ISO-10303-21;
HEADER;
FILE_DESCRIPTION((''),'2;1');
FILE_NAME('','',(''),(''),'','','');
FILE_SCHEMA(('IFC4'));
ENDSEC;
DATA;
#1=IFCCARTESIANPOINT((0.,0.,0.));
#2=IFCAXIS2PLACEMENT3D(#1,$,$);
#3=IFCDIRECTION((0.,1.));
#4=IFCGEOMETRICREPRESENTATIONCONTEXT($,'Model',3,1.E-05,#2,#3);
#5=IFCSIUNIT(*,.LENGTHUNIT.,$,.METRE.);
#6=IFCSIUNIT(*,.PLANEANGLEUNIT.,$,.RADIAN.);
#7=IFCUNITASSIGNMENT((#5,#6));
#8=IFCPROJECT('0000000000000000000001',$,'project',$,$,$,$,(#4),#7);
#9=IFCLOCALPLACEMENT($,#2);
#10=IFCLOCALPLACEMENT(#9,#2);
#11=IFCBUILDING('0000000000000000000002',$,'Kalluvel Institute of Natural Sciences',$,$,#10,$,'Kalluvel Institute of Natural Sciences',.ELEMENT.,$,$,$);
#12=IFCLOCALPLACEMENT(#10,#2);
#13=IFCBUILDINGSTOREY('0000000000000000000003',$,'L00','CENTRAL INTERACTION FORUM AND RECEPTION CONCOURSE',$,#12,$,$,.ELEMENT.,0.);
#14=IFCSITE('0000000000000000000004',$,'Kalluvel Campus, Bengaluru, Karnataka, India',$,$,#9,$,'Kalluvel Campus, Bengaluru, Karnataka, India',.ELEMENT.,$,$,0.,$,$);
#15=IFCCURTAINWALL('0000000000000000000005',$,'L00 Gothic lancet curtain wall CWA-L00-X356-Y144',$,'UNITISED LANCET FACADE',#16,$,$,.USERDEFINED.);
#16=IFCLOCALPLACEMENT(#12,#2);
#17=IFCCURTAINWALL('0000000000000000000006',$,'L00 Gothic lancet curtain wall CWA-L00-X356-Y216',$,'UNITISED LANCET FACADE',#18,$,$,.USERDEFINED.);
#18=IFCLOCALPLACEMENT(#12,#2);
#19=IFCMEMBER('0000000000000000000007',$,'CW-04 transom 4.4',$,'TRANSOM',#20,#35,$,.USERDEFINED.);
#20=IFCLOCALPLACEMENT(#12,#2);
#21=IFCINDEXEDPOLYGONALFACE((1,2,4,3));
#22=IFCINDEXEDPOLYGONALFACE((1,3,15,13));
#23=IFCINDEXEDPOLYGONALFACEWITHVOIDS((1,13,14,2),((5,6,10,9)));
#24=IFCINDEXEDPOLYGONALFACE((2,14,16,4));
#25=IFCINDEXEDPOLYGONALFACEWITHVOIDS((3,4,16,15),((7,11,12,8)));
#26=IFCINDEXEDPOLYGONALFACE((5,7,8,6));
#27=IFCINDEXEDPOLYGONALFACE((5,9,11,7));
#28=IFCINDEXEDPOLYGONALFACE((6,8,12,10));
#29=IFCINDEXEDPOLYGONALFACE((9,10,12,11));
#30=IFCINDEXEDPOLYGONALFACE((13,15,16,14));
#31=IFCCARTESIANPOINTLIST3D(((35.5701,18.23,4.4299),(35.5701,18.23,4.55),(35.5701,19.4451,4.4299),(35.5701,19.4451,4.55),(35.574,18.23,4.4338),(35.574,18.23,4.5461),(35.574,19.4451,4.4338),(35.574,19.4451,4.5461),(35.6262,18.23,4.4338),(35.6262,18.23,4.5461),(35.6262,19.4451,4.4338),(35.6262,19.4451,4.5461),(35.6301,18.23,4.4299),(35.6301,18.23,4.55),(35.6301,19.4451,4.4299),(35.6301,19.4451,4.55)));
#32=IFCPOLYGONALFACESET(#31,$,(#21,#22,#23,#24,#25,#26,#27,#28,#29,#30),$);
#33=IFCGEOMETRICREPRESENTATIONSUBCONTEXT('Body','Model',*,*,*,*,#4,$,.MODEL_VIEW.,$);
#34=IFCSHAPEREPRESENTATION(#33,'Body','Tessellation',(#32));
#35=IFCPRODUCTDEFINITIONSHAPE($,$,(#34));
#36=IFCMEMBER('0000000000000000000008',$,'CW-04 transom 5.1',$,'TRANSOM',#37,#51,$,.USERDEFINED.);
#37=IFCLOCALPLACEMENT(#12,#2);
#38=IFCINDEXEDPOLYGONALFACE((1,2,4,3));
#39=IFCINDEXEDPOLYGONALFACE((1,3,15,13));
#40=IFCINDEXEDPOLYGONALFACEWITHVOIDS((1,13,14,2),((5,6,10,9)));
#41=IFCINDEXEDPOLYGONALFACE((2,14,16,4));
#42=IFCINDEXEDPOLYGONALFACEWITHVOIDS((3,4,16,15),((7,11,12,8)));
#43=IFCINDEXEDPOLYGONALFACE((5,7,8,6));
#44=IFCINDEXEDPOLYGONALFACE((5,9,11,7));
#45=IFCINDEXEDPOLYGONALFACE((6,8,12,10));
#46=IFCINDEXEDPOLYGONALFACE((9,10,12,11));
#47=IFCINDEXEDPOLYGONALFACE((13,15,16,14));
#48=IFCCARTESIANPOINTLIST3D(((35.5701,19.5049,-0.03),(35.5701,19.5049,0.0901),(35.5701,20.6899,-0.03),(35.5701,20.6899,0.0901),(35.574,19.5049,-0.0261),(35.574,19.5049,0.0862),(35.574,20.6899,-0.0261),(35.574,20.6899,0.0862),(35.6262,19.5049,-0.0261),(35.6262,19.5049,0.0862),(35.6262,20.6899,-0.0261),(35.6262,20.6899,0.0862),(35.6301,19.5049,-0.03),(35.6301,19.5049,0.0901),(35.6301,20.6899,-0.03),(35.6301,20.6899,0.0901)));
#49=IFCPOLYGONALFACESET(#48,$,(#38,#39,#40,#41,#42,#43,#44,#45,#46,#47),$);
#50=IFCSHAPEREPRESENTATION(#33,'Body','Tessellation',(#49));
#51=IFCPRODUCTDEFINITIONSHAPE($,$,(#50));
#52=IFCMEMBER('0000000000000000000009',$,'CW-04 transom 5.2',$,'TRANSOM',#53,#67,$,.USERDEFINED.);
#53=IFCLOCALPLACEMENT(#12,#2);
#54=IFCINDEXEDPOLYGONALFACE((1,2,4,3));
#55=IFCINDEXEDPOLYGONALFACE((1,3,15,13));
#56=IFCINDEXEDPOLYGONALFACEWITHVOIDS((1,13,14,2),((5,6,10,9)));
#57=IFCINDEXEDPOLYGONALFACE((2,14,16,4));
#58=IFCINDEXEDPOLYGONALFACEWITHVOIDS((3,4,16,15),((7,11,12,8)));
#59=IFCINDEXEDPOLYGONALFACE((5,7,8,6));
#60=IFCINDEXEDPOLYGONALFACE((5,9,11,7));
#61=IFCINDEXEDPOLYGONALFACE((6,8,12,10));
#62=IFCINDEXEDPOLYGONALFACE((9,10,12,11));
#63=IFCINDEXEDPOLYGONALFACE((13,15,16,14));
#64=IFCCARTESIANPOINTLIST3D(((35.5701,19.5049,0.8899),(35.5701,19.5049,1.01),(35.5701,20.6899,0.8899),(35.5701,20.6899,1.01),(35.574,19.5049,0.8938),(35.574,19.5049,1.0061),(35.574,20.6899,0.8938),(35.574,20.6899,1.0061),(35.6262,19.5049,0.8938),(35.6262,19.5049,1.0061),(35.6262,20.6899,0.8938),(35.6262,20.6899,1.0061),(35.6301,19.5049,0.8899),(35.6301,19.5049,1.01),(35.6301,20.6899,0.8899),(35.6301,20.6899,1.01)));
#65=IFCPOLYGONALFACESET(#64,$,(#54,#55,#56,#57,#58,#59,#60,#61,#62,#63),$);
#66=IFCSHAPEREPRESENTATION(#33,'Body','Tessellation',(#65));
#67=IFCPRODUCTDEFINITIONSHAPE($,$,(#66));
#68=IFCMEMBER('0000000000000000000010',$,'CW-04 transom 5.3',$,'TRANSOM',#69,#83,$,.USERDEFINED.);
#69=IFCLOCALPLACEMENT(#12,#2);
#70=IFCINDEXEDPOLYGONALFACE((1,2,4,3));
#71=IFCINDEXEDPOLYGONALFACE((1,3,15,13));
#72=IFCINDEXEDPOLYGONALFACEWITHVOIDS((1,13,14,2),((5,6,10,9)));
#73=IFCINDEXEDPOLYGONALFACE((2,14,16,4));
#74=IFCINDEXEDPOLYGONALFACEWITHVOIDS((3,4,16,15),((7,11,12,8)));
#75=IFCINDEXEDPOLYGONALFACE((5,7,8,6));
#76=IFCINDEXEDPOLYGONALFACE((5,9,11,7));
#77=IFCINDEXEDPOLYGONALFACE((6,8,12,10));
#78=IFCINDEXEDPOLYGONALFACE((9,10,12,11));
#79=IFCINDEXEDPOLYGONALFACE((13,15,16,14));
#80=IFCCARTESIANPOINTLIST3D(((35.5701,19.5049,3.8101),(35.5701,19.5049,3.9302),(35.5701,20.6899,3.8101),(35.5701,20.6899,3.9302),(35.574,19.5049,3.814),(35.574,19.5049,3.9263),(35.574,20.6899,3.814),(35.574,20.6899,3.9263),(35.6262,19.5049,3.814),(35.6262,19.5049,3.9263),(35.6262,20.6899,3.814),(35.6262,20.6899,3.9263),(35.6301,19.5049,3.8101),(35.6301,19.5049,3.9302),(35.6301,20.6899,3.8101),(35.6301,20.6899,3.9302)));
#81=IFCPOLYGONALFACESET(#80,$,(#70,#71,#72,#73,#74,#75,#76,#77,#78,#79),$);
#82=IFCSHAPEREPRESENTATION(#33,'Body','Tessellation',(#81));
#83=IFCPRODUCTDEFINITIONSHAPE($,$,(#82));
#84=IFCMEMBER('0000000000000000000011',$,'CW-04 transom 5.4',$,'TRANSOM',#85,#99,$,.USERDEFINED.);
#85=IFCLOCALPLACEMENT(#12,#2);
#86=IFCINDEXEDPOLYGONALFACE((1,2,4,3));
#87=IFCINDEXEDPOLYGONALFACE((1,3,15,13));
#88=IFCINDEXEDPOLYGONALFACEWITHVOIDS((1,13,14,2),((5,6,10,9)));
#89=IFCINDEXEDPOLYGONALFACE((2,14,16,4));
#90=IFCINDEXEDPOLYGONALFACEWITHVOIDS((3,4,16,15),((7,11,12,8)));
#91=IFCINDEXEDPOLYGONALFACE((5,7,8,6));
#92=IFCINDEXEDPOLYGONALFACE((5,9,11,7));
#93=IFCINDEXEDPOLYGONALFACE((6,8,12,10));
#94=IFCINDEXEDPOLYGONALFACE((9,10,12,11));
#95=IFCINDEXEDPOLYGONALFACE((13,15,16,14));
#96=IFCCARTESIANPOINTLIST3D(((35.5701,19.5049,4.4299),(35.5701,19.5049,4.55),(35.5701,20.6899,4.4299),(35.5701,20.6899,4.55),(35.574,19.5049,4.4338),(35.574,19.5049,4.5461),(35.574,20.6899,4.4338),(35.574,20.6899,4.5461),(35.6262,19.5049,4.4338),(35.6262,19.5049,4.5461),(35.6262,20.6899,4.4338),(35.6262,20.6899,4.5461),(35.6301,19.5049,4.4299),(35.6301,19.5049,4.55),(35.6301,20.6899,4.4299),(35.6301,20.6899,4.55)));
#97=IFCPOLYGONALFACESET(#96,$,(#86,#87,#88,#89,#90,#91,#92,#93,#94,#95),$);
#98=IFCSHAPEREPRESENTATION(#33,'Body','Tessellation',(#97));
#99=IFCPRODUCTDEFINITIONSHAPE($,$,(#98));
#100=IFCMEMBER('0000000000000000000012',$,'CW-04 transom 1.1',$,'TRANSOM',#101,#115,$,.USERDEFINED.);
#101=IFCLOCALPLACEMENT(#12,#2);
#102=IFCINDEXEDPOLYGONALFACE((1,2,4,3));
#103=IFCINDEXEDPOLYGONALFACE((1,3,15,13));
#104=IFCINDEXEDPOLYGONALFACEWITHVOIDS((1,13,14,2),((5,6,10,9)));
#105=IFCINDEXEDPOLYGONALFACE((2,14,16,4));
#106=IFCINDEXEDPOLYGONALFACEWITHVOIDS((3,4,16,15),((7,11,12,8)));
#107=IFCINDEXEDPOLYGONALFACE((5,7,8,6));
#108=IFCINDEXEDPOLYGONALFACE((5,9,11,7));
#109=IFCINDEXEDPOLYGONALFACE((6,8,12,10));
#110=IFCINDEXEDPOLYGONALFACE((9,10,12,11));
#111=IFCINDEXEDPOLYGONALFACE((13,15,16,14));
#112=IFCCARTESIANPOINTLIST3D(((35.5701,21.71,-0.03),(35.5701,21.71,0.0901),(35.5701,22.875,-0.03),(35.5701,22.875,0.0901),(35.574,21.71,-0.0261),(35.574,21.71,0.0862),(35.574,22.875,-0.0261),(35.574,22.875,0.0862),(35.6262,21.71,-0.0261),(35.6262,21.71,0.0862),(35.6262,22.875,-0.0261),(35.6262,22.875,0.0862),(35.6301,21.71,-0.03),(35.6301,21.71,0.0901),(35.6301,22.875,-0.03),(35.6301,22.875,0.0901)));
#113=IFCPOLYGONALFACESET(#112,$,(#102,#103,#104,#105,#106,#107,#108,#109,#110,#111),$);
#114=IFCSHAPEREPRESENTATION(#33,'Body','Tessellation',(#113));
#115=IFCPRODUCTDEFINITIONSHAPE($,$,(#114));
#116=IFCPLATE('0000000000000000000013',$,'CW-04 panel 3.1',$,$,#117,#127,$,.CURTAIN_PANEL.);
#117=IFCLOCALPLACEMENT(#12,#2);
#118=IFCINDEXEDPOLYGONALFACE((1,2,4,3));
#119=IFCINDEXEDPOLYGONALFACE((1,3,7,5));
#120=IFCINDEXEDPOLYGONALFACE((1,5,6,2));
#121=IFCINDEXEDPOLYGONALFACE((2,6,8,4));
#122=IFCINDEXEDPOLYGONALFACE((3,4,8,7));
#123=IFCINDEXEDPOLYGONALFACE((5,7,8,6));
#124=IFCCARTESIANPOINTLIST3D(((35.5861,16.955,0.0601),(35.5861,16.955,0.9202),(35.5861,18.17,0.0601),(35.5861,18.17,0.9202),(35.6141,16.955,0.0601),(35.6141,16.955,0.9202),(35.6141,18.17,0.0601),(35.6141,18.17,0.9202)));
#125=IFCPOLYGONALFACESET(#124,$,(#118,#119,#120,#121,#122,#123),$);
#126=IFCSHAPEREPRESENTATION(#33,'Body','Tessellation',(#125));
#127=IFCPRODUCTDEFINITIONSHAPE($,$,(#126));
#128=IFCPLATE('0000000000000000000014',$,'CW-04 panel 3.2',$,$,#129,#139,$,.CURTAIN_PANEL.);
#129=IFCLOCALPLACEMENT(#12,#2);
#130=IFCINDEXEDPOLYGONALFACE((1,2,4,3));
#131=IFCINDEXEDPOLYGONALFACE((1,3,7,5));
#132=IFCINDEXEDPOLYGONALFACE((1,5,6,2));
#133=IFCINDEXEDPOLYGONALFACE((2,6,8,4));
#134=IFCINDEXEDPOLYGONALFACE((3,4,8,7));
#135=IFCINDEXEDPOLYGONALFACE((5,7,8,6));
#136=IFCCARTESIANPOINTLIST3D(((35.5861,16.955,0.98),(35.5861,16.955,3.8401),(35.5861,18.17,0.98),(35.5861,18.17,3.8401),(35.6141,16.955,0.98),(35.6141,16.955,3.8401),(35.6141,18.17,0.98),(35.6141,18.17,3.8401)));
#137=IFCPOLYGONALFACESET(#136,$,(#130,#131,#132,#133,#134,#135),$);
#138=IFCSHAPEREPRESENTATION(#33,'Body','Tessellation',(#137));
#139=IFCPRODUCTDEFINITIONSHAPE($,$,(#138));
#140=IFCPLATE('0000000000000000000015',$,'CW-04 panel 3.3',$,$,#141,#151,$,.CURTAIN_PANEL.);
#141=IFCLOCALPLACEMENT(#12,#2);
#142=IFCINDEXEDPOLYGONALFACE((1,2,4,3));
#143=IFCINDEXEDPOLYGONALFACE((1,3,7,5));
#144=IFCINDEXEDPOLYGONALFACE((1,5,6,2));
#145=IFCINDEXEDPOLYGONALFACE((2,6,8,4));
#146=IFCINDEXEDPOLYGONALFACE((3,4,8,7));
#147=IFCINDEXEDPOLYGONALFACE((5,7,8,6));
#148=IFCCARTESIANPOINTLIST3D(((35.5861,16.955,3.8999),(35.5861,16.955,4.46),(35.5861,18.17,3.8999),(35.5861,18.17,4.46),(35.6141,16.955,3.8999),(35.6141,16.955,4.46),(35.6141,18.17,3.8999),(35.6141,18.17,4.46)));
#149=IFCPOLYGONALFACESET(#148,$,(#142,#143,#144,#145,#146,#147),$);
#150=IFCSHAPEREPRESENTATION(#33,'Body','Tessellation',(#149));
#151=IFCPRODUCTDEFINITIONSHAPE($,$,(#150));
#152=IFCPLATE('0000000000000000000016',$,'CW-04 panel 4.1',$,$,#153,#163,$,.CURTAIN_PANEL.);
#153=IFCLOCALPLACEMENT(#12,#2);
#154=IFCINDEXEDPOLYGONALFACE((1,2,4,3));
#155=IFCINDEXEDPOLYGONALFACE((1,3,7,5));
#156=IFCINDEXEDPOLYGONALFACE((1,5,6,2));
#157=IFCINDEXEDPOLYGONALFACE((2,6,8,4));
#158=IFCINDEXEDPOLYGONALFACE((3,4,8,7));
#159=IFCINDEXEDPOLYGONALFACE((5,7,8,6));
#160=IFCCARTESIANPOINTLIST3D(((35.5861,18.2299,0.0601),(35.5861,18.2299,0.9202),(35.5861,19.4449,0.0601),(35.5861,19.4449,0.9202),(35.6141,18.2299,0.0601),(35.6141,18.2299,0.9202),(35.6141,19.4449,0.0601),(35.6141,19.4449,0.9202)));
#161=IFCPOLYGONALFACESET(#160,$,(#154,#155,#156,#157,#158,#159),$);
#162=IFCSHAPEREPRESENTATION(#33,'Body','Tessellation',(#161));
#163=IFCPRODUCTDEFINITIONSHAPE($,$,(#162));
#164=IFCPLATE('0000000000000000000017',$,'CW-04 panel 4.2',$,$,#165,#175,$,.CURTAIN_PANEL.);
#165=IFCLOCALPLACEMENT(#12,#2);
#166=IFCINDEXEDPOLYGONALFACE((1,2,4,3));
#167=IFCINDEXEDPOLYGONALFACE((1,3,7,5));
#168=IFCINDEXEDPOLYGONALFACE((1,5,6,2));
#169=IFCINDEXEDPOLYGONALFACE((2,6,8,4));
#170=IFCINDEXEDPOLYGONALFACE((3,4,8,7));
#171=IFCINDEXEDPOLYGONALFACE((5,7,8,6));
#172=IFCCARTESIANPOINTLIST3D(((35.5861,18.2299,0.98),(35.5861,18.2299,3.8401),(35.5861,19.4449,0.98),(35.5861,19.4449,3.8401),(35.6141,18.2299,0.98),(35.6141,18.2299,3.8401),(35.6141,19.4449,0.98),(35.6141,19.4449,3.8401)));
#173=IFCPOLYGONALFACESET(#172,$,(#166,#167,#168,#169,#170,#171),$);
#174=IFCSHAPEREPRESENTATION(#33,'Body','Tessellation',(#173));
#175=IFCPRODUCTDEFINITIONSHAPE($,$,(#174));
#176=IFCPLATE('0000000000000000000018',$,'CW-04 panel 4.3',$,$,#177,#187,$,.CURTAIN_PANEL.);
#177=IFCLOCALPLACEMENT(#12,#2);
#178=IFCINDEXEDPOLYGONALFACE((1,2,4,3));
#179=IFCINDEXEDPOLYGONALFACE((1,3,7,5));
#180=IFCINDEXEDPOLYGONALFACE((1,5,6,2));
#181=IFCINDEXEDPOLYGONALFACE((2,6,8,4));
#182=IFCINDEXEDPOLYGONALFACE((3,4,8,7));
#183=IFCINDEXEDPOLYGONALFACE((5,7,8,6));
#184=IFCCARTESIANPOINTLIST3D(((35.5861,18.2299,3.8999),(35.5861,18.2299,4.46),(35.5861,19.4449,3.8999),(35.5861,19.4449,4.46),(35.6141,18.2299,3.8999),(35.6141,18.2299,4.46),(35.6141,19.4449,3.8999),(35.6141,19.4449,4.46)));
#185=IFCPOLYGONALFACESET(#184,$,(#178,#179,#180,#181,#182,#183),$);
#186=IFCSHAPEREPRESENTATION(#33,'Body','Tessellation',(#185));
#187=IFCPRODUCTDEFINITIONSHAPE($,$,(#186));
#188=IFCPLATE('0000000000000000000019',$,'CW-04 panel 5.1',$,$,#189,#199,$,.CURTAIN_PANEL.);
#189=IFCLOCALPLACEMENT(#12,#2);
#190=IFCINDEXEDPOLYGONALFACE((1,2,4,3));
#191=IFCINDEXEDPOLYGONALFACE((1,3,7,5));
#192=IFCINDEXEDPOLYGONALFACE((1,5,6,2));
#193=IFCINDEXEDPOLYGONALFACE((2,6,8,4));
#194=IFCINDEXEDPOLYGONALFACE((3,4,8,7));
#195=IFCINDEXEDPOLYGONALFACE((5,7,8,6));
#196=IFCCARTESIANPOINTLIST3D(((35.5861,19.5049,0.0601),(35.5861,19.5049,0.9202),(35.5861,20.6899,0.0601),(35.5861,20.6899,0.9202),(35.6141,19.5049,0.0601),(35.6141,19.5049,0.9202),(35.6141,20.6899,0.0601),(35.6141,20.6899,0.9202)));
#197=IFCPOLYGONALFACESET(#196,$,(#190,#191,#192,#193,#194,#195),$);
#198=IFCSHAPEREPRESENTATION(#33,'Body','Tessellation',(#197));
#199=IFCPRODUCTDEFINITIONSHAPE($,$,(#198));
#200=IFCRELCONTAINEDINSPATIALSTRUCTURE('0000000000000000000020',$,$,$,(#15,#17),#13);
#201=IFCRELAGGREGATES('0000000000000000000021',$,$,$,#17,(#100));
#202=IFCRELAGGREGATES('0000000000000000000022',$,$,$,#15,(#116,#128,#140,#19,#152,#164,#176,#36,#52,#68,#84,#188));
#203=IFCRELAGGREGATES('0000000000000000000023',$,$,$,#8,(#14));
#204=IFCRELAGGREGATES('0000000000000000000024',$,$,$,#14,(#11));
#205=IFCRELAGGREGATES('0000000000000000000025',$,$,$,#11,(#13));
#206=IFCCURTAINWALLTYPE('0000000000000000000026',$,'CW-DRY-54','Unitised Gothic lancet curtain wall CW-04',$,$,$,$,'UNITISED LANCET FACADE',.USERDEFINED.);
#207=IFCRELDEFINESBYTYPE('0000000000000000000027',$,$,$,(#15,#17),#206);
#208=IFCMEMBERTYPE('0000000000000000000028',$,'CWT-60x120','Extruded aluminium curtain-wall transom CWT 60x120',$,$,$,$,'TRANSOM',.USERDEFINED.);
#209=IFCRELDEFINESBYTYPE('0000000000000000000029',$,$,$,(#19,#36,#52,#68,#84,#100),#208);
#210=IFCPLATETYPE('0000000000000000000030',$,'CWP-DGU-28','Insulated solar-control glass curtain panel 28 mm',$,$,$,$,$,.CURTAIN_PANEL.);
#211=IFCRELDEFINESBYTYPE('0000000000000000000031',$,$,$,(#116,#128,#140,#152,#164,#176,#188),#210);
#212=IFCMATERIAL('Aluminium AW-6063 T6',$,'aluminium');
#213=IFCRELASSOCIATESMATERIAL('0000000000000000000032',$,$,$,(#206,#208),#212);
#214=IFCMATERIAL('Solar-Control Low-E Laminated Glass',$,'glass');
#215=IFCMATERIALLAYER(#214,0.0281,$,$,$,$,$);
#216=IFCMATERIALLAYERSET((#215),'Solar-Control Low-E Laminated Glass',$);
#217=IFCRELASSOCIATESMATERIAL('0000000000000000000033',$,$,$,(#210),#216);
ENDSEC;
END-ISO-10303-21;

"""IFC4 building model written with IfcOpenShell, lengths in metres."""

from ifc_helpers import new_model, si_unit, direction, frame, origin, origin_2d, place, context, subcontext, project, spatial, rectangle, hollow_rectangle, extrude, material, layer, layer_set, material_profile, profile_set, type_object, element, aggregate, save


model = new_model("IFC4")

# Units and contexts
model_context = context("Model", 3, precision=1e-05, world=origin(), true_north=direction((0.0, 1.0)))
body_context = subcontext(model_context, "Body", "Model", "MODEL_VIEW")
ifc_project = project(units=[si_unit("LENGTHUNIT", "METRE"), si_unit("PLANEANGLEUNIT", "RADIAN")], contexts=[model_context])

# Site, building, storey
site_placement = place(None, origin())
site = spatial("IfcSite", under=ifc_project, at=site_placement, Name="Kalluvel Campus, Bengaluru, Karnataka, India", LongName="Kalluvel Campus, Bengaluru, Karnataka, India", CompositionType="ELEMENT", RefElevation=0.0)
building_placement = place(site_placement, origin())
building = spatial("IfcBuilding", under=site, at=building_placement, Name="Kalluvel Institute of Natural Sciences", LongName="Kalluvel Institute of Natural Sciences", CompositionType="ELEMENT")
storey_placement = place(building_placement, origin())
storey = spatial("IfcBuildingStorey", under=building, at=storey_placement, Name="L00", Description="CENTRAL INTERACTION FORUM AND RECEPTION CONCOURSE", CompositionType="ELEMENT", Elevation=0.0)

# Curtain wall
ifc_material_1 = material(Name="Aluminium AW-6063 T6", Category="aluminium")
curtain_wall_type = type_object("IfcCurtainWallType", Name="CW-DRY-54", Description="Unitised Gothic lancet curtain wall CW-04", ElementType="UNITISED LANCET FACADE", PredefinedType="USERDEFINED", material=ifc_material_1)
curtain_wall_1_placement = place(storey_placement, origin())
curtain_wall_1 = element("IfcCurtainWall", 1, at=curtain_wall_1_placement, inside=storey, type_object=curtain_wall_type, Name="L00 Gothic lancet curtain wall CWA-L00-X356-Y144", ObjectType="UNITISED LANCET FACADE", PredefinedType="USERDEFINED")

# Curtain wall
curtain_wall_2_placement = place(storey_placement, origin())
curtain_wall_2 = element("IfcCurtainWall", 2, at=curtain_wall_2_placement, inside=storey, type_object=curtain_wall_type, Name="L00 Gothic lancet curtain wall CWA-L00-X356-Y216", ObjectType="UNITISED LANCET FACADE", PredefinedType="USERDEFINED")

# Members
ifc_material_profile_1 = material_profile(ifc_material_1, hollow_rectangle(XDim=0.0601, YDim=0.1201, WallThickness=0.0039, at=origin_2d()), Name="CWT 60x120")
ifc_profile_set_1 = profile_set([ifc_material_profile_1], Name="Aluminium AW-6063 T6")
member_type_1 = type_object("IfcMemberType", Name="CWT-60x120", Description="Extruded aluminium curtain-wall transom CWT 60x120", ElementType="TRANSOM", PredefinedType="USERDEFINED", material=ifc_profile_set_1)
member_1_placement = place(storey_placement, frame((35.6001, 18.23, 4.49), z_axis=(0.0, 1.0, 0.0), x_axis=(-1.0, 0.0, 0.0)))
member_1 = element("IfcMember", 3, at=member_1_placement, type_object=member_type_1, Name="CW-04 transom 4.4", ObjectType="TRANSOM", PredefinedType="USERDEFINED", context=body_context, shape_type="SweptSolid", body=[
    extrude(hollow_rectangle(XDim=0.0601, YDim=0.1201, WallThickness=0.0039, at=origin_2d()), origin(), (0.0, 0.0, 1.0), 1.2151),
])
member_2_placement = place(storey_placement, frame((35.6001, 19.5049, 0.03), z_axis=(0.0, 1.0, 0.0), x_axis=(-1.0, 0.0, 0.0)))
member_2 = element("IfcMember", 4, at=member_2_placement, type_object=member_type_1, Name="CW-04 transom 5.1", ObjectType="TRANSOM", PredefinedType="USERDEFINED", context=body_context, shape_type="SweptSolid", body=[
    extrude(hollow_rectangle(XDim=0.0601, YDim=0.1201, WallThickness=0.0039, at=origin_2d()), origin(), (0.0, 0.0, 1.0), 1.1851),
])
member_3_placement = place(storey_placement, frame((35.6001, 19.5049, 0.95), z_axis=(0.0, 1.0, 0.0), x_axis=(-1.0, 0.0, 0.0)))
member_3 = element("IfcMember", 5, at=member_3_placement, type_object=member_type_1, Name="CW-04 transom 5.2", ObjectType="TRANSOM", PredefinedType="USERDEFINED", context=body_context, shape_type="SweptSolid", body=[
    extrude(hollow_rectangle(XDim=0.0601, YDim=0.1201, WallThickness=0.0039, at=origin_2d()), origin(), (0.0, 0.0, 1.0), 1.1851),
])
member_4_placement = place(storey_placement, frame((35.6001, 19.5049, 3.8701), z_axis=(0.0, 1.0, 0.0), x_axis=(-1.0, 0.0, 0.0)))
member_4 = element("IfcMember", 6, at=member_4_placement, type_object=member_type_1, Name="CW-04 transom 5.3", ObjectType="TRANSOM", PredefinedType="USERDEFINED", context=body_context, shape_type="SweptSolid", body=[
    extrude(hollow_rectangle(XDim=0.0601, YDim=0.1201, WallThickness=0.0039, at=origin_2d()), origin(), (0.0, 0.0, 1.0), 1.1851),
])
member_5_placement = place(storey_placement, frame((35.6001, 19.5049, 4.49), z_axis=(0.0, 1.0, 0.0), x_axis=(-1.0, 0.0, 0.0)))
member_5 = element("IfcMember", 7, at=member_5_placement, type_object=member_type_1, Name="CW-04 transom 5.4", ObjectType="TRANSOM", PredefinedType="USERDEFINED", context=body_context, shape_type="SweptSolid", body=[
    extrude(hollow_rectangle(XDim=0.0601, YDim=0.1201, WallThickness=0.0039, at=origin_2d()), origin(), (0.0, 0.0, 1.0), 1.1851),
])
member_6_placement = place(storey_placement, frame((35.6001, 21.71, 0.03), z_axis=(0.0, 1.0, 0.0), x_axis=(-1.0, 0.0, 0.0)))
member_6 = element("IfcMember", 8, at=member_6_placement, type_object=member_type_1, Name="CW-04 transom 1.1", ObjectType="TRANSOM", PredefinedType="USERDEFINED", context=body_context, shape_type="SweptSolid", body=[
    extrude(hollow_rectangle(XDim=0.0601, YDim=0.1201, WallThickness=0.0039, at=origin_2d()), origin(), (0.0, 0.0, 1.0), 1.165),
])
aggregate(curtain_wall_2, [member_6])

# Plates
ifc_material_2 = material(Name="Solar-Control Low-E Laminated Glass", Category="glass")
ifc_layer = layer(ifc_material_2, 0.0281)
ifc_layer_set = layer_set([ifc_layer], Name="Solar-Control Low-E Laminated Glass")
plate_type = type_object("IfcPlateType", Name="CWP-DGU-28", Description="Insulated solar-control glass curtain panel 28 mm", PredefinedType="CURTAIN_PANEL", material=ifc_layer_set)
plate_1_placement = place(storey_placement, frame((35.6001, 17.5625, 0.0601), z_axis=(0.0, 0.0, 1.0), x_axis=(0.0, 1.0, 0.0)))
plate_1 = element("IfcPlate", 9, at=plate_1_placement, type_object=plate_type, Name="CW-04 panel 3.1", PredefinedType="CURTAIN_PANEL", context=body_context, shape_type="SweptSolid", body=[
    extrude(rectangle(XDim=1.2151, YDim=0.0281, at=origin_2d()), origin(), (0.0, 0.0, 1.0), 0.8601),
])
plate_2_placement = place(storey_placement, frame((35.6001, 17.5625, 0.98), z_axis=(0.0, 0.0, 1.0), x_axis=(0.0, 1.0, 0.0)))
plate_2 = element("IfcPlate", 10, at=plate_2_placement, type_object=plate_type, Name="CW-04 panel 3.2", PredefinedType="CURTAIN_PANEL", context=body_context, shape_type="SweptSolid", body=[
    extrude(rectangle(XDim=1.2151, YDim=0.0281, at=origin_2d()), origin(), (0.0, 0.0, 1.0), 2.8601),
])
plate_3_placement = place(storey_placement, frame((35.6001, 17.5625, 3.8999), z_axis=(0.0, 0.0, 1.0), x_axis=(0.0, 1.0, 0.0)))
plate_3 = element("IfcPlate", 11, at=plate_3_placement, type_object=plate_type, Name="CW-04 panel 3.3", PredefinedType="CURTAIN_PANEL", context=body_context, shape_type="SweptSolid", body=[
    extrude(rectangle(XDim=1.2151, YDim=0.0281, at=origin_2d()), origin(), (0.0, 0.0, 1.0), 0.5601),
])
plate_4_placement = place(storey_placement, frame((35.6001, 18.8374, 0.0601), z_axis=(0.0, 0.0, 1.0), x_axis=(0.0, 1.0, 0.0)))
plate_4 = element("IfcPlate", 12, at=plate_4_placement, type_object=plate_type, Name="CW-04 panel 4.1", PredefinedType="CURTAIN_PANEL", context=body_context, shape_type="SweptSolid", body=[
    extrude(rectangle(XDim=1.2151, YDim=0.0281, at=origin_2d()), origin(), (0.0, 0.0, 1.0), 0.8601),
])
plate_5_placement = place(storey_placement, frame((35.6001, 18.8374, 0.98), z_axis=(0.0, 0.0, 1.0), x_axis=(0.0, 1.0, 0.0)))
plate_5 = element("IfcPlate", 13, at=plate_5_placement, type_object=plate_type, Name="CW-04 panel 4.2", PredefinedType="CURTAIN_PANEL", context=body_context, shape_type="SweptSolid", body=[
    extrude(rectangle(XDim=1.2151, YDim=0.0281, at=origin_2d()), origin(), (0.0, 0.0, 1.0), 2.8601),
])
plate_6_placement = place(storey_placement, frame((35.6001, 18.8374, 3.8999), z_axis=(0.0, 0.0, 1.0), x_axis=(0.0, 1.0, 0.0)))
plate_6 = element("IfcPlate", 14, at=plate_6_placement, type_object=plate_type, Name="CW-04 panel 4.3", PredefinedType="CURTAIN_PANEL", context=body_context, shape_type="SweptSolid", body=[
    extrude(rectangle(XDim=1.2151, YDim=0.0281, at=origin_2d()), origin(), (0.0, 0.0, 1.0), 0.5601),
])
plate_7_placement = place(storey_placement, frame((35.6001, 20.0974, 0.0601), z_axis=(0.0, 0.0, 1.0), x_axis=(0.0, 1.0, 0.0)))
plate_7 = element("IfcPlate", 15, at=plate_7_placement, type_object=plate_type, Name="CW-04 panel 5.1", PredefinedType="CURTAIN_PANEL", context=body_context, shape_type="SweptSolid", body=[
    extrude(rectangle(XDim=1.1851, YDim=0.0281, at=origin_2d()), origin(), (0.0, 0.0, 1.0), 0.8601),
])
aggregate(curtain_wall_1, [plate_1, plate_2, plate_3, member_1, plate_4, plate_5, plate_6, member_2, member_3, member_4, member_5, plate_7])

save(model, "model.ifc")
